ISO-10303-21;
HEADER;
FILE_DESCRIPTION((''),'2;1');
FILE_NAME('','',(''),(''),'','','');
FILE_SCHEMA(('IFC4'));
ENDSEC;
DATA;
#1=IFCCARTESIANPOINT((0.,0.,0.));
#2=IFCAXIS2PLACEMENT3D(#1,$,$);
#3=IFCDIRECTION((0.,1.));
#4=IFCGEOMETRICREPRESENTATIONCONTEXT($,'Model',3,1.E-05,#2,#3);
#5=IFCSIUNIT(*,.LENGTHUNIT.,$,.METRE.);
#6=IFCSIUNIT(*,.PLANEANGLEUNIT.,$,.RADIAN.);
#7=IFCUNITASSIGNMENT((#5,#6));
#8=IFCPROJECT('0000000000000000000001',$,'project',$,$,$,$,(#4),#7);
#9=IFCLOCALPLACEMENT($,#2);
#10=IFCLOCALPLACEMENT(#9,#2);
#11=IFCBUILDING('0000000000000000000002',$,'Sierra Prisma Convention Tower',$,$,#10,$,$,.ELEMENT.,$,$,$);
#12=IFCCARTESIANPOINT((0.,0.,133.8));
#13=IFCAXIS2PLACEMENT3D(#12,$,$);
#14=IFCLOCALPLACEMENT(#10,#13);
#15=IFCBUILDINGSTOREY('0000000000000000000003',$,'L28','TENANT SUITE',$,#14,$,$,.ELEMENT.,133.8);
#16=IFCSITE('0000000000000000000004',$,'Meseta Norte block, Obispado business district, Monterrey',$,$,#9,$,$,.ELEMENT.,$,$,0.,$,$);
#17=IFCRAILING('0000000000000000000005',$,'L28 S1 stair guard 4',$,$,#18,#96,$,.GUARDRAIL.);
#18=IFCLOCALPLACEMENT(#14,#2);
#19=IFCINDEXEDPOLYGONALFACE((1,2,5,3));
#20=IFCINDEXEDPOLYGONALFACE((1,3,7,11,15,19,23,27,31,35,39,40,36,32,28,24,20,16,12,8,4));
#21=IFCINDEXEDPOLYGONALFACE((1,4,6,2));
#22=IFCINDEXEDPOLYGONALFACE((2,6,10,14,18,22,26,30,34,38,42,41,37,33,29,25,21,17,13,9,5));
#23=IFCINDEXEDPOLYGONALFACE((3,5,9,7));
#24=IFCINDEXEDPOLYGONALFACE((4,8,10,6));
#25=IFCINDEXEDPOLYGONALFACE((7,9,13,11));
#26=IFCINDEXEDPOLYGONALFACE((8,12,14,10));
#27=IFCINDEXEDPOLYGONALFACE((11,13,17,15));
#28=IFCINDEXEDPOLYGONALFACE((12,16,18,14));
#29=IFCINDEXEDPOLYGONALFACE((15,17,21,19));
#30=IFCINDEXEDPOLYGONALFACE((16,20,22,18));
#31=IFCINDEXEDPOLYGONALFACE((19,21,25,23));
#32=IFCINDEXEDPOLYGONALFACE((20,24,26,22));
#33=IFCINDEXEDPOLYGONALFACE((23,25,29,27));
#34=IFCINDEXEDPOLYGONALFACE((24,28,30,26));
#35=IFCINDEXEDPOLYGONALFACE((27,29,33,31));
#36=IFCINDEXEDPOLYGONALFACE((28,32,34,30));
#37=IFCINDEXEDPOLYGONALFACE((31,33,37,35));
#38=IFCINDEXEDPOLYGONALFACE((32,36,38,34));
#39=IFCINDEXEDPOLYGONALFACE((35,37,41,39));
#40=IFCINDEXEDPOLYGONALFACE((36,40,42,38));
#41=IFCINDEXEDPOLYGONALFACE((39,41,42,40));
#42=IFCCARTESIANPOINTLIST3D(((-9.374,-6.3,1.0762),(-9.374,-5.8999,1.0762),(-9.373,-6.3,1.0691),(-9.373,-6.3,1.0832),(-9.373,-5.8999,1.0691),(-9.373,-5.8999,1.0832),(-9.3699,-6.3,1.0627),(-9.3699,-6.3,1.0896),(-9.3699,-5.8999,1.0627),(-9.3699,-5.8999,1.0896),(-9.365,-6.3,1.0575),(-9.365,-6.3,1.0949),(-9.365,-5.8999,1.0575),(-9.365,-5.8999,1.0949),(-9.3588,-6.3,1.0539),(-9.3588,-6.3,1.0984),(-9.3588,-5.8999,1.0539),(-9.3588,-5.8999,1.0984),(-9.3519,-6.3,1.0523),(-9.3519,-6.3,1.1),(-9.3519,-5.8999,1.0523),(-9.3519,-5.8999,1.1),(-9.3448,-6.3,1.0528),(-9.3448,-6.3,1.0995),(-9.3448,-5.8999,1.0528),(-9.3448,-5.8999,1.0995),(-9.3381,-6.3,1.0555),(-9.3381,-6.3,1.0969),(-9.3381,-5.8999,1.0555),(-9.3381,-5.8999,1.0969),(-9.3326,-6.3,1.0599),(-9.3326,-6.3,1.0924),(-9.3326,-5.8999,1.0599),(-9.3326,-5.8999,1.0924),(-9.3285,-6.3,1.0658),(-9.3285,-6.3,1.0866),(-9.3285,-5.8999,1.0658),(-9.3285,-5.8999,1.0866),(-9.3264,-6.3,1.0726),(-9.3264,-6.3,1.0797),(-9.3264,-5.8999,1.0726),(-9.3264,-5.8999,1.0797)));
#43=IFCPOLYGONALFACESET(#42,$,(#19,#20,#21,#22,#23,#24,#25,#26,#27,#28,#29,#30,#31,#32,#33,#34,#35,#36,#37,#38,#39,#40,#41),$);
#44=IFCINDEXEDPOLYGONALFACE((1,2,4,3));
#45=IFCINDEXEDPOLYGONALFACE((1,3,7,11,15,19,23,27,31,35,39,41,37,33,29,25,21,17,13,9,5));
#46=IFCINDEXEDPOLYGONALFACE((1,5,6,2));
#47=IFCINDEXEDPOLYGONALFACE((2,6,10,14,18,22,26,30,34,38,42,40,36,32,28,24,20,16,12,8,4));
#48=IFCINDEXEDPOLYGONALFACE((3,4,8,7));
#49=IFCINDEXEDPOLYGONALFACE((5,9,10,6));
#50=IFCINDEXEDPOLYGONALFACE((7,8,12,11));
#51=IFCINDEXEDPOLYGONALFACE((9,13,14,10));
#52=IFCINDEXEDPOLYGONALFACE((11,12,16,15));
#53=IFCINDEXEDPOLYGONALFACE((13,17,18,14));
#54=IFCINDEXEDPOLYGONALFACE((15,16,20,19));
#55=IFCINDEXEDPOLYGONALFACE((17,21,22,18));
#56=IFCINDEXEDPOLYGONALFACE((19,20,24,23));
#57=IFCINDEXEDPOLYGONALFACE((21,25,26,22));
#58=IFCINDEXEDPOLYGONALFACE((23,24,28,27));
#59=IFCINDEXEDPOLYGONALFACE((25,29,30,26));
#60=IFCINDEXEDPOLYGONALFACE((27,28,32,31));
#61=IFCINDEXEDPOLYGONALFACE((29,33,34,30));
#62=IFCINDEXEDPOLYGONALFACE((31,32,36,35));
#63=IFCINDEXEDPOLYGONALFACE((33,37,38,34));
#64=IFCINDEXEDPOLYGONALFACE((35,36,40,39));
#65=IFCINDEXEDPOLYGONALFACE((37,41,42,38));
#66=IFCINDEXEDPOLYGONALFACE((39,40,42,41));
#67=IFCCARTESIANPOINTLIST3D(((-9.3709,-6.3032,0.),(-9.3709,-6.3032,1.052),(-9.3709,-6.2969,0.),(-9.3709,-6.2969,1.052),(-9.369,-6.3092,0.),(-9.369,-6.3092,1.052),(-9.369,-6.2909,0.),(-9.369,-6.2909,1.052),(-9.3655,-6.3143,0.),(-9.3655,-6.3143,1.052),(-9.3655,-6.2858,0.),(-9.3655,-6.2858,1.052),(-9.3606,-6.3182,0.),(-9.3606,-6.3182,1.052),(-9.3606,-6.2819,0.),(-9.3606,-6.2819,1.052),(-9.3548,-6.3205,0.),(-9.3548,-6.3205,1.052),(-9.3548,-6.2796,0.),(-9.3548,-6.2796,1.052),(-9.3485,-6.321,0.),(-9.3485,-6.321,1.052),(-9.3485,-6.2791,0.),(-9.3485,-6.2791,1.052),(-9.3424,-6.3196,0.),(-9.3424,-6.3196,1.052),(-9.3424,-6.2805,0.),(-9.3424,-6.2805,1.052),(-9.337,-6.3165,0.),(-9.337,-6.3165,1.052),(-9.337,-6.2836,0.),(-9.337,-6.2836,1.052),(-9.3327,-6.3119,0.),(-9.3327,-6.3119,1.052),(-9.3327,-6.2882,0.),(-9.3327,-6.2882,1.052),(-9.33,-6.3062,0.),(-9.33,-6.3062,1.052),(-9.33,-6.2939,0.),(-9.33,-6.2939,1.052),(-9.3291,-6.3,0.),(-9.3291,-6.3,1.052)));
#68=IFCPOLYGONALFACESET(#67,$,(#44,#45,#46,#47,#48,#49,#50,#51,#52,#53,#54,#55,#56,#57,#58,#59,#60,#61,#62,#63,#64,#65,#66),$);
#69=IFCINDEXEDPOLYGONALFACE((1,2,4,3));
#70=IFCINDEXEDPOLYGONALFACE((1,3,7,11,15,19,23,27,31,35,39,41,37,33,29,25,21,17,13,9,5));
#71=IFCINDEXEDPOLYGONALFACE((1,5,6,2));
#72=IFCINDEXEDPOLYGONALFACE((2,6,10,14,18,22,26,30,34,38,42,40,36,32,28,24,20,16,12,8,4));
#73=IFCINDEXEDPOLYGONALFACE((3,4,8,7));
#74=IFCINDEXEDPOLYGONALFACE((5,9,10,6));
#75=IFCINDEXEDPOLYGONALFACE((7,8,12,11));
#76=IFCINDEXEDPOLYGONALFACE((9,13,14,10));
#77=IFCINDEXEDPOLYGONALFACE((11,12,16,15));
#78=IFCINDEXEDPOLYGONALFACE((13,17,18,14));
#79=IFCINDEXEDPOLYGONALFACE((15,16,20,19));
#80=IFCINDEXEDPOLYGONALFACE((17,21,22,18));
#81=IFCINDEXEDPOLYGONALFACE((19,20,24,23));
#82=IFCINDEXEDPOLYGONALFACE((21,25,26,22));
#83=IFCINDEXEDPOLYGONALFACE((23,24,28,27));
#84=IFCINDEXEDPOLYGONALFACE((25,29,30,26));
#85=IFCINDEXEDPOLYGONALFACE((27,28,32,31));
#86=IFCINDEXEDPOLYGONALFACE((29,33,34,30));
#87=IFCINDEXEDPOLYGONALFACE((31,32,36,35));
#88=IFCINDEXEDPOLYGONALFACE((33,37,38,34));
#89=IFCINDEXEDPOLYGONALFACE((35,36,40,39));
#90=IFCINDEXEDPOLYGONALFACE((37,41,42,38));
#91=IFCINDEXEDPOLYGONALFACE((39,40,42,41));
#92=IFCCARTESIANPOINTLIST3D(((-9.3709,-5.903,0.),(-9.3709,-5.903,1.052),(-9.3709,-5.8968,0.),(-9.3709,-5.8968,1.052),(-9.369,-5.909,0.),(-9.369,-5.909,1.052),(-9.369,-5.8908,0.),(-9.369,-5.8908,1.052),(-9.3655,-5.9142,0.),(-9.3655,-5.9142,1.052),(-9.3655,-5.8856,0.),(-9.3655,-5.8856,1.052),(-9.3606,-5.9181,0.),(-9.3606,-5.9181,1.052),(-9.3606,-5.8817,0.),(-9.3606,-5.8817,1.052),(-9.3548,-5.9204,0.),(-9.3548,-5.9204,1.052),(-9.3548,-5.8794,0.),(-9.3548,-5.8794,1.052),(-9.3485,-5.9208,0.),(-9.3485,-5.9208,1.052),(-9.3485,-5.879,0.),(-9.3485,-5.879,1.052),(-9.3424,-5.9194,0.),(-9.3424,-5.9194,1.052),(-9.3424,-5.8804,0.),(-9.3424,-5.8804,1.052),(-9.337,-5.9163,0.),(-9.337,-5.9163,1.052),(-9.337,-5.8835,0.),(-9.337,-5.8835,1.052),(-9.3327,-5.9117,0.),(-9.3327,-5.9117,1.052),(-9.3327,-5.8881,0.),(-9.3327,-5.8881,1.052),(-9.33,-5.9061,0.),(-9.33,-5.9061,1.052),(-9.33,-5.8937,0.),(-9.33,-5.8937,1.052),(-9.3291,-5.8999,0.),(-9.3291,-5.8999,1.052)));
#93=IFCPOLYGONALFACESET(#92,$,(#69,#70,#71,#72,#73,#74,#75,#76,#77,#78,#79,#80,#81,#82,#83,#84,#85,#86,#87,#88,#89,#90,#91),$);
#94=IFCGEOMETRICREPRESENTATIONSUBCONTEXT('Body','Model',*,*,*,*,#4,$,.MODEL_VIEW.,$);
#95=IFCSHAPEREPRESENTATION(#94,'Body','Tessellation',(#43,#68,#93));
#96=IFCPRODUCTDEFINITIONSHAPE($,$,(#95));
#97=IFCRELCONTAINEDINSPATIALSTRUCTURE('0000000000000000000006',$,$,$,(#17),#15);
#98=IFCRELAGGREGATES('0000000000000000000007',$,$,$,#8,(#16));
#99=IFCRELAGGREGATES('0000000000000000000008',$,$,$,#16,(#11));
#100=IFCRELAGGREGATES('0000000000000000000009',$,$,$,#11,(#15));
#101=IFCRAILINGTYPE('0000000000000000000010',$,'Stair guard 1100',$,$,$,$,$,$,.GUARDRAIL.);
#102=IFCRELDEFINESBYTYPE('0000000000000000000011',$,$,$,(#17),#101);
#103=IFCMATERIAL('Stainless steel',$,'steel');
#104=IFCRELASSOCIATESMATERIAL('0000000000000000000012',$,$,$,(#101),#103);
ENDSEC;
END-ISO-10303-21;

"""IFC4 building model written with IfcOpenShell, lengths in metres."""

from ifc_helpers import new_model, si_unit, direction, frame, origin, origin_2d, place, context, subcontext, project, spatial, circle, extrude, material, type_object, element, save


model = new_model("IFC4")

# Units and contexts
model_context = context("Model", 3, precision=1e-05, world=origin(), true_north=direction((0.0, 1.0)))
body_context = subcontext(model_context, "Body", "Model", "MODEL_VIEW")
ifc_project = project(units=[si_unit("LENGTHUNIT", "METRE"), si_unit("PLANEANGLEUNIT", "RADIAN")], contexts=[model_context])

# Site, building, storey
site_placement = place(None, origin())
site = spatial("IfcSite", under=ifc_project, at=site_placement, Name="Meseta Norte block, Obispado business district, Monterrey", CompositionType="ELEMENT", RefElevation=0.0)
building_placement = place(site_placement, origin())
building = spatial("IfcBuilding", under=site, at=building_placement, Name="Sierra Prisma Convention Tower", CompositionType="ELEMENT")
storey_placement = place(building_placement, frame((0.0, 0.0, 133.8)))
storey = spatial("IfcBuildingStorey", under=building, at=storey_placement, Name="L28", Description="TENANT SUITE", CompositionType="ELEMENT", Elevation=133.8)

# Railing
ifc_material_1 = material(Name="Stainless steel", Category="steel")
railing_type_1 = type_object("IfcRailingType", Name="Stair guard 1100", PredefinedType="GUARDRAIL", material=ifc_material_1)
railing_1_placement = place(storey_placement, frame((-9.3501, -6.3, 0.0)))
element("IfcRailing", 1, at=railing_1_placement, inside=storey, type_object=railing_type_1, Name="L28 S1 stair guard 4", PredefinedType="GUARDRAIL", context=body_context, shape_type="SweptSolid", body=[
    extrude(circle(Radius=0.0239, at=origin_2d()), frame((0.0, 0.0, 1.0762), z_axis=(0.0, 1.0, 0.0), x_axis=(-1.0, 0.0, 0.0)), (0.0, 0.0, 1.0), 0.4001),
    extrude(circle(Radius=0.021, at=origin_2d()), origin(), (0.0, 0.0, 1.0), 1.052),
    extrude(circle(Radius=0.021, at=origin_2d()), frame((0.0, 0.4001, 0.0)), (0.0, 0.0, 1.0), 1.052),
])

save(model, "model.ifc")
